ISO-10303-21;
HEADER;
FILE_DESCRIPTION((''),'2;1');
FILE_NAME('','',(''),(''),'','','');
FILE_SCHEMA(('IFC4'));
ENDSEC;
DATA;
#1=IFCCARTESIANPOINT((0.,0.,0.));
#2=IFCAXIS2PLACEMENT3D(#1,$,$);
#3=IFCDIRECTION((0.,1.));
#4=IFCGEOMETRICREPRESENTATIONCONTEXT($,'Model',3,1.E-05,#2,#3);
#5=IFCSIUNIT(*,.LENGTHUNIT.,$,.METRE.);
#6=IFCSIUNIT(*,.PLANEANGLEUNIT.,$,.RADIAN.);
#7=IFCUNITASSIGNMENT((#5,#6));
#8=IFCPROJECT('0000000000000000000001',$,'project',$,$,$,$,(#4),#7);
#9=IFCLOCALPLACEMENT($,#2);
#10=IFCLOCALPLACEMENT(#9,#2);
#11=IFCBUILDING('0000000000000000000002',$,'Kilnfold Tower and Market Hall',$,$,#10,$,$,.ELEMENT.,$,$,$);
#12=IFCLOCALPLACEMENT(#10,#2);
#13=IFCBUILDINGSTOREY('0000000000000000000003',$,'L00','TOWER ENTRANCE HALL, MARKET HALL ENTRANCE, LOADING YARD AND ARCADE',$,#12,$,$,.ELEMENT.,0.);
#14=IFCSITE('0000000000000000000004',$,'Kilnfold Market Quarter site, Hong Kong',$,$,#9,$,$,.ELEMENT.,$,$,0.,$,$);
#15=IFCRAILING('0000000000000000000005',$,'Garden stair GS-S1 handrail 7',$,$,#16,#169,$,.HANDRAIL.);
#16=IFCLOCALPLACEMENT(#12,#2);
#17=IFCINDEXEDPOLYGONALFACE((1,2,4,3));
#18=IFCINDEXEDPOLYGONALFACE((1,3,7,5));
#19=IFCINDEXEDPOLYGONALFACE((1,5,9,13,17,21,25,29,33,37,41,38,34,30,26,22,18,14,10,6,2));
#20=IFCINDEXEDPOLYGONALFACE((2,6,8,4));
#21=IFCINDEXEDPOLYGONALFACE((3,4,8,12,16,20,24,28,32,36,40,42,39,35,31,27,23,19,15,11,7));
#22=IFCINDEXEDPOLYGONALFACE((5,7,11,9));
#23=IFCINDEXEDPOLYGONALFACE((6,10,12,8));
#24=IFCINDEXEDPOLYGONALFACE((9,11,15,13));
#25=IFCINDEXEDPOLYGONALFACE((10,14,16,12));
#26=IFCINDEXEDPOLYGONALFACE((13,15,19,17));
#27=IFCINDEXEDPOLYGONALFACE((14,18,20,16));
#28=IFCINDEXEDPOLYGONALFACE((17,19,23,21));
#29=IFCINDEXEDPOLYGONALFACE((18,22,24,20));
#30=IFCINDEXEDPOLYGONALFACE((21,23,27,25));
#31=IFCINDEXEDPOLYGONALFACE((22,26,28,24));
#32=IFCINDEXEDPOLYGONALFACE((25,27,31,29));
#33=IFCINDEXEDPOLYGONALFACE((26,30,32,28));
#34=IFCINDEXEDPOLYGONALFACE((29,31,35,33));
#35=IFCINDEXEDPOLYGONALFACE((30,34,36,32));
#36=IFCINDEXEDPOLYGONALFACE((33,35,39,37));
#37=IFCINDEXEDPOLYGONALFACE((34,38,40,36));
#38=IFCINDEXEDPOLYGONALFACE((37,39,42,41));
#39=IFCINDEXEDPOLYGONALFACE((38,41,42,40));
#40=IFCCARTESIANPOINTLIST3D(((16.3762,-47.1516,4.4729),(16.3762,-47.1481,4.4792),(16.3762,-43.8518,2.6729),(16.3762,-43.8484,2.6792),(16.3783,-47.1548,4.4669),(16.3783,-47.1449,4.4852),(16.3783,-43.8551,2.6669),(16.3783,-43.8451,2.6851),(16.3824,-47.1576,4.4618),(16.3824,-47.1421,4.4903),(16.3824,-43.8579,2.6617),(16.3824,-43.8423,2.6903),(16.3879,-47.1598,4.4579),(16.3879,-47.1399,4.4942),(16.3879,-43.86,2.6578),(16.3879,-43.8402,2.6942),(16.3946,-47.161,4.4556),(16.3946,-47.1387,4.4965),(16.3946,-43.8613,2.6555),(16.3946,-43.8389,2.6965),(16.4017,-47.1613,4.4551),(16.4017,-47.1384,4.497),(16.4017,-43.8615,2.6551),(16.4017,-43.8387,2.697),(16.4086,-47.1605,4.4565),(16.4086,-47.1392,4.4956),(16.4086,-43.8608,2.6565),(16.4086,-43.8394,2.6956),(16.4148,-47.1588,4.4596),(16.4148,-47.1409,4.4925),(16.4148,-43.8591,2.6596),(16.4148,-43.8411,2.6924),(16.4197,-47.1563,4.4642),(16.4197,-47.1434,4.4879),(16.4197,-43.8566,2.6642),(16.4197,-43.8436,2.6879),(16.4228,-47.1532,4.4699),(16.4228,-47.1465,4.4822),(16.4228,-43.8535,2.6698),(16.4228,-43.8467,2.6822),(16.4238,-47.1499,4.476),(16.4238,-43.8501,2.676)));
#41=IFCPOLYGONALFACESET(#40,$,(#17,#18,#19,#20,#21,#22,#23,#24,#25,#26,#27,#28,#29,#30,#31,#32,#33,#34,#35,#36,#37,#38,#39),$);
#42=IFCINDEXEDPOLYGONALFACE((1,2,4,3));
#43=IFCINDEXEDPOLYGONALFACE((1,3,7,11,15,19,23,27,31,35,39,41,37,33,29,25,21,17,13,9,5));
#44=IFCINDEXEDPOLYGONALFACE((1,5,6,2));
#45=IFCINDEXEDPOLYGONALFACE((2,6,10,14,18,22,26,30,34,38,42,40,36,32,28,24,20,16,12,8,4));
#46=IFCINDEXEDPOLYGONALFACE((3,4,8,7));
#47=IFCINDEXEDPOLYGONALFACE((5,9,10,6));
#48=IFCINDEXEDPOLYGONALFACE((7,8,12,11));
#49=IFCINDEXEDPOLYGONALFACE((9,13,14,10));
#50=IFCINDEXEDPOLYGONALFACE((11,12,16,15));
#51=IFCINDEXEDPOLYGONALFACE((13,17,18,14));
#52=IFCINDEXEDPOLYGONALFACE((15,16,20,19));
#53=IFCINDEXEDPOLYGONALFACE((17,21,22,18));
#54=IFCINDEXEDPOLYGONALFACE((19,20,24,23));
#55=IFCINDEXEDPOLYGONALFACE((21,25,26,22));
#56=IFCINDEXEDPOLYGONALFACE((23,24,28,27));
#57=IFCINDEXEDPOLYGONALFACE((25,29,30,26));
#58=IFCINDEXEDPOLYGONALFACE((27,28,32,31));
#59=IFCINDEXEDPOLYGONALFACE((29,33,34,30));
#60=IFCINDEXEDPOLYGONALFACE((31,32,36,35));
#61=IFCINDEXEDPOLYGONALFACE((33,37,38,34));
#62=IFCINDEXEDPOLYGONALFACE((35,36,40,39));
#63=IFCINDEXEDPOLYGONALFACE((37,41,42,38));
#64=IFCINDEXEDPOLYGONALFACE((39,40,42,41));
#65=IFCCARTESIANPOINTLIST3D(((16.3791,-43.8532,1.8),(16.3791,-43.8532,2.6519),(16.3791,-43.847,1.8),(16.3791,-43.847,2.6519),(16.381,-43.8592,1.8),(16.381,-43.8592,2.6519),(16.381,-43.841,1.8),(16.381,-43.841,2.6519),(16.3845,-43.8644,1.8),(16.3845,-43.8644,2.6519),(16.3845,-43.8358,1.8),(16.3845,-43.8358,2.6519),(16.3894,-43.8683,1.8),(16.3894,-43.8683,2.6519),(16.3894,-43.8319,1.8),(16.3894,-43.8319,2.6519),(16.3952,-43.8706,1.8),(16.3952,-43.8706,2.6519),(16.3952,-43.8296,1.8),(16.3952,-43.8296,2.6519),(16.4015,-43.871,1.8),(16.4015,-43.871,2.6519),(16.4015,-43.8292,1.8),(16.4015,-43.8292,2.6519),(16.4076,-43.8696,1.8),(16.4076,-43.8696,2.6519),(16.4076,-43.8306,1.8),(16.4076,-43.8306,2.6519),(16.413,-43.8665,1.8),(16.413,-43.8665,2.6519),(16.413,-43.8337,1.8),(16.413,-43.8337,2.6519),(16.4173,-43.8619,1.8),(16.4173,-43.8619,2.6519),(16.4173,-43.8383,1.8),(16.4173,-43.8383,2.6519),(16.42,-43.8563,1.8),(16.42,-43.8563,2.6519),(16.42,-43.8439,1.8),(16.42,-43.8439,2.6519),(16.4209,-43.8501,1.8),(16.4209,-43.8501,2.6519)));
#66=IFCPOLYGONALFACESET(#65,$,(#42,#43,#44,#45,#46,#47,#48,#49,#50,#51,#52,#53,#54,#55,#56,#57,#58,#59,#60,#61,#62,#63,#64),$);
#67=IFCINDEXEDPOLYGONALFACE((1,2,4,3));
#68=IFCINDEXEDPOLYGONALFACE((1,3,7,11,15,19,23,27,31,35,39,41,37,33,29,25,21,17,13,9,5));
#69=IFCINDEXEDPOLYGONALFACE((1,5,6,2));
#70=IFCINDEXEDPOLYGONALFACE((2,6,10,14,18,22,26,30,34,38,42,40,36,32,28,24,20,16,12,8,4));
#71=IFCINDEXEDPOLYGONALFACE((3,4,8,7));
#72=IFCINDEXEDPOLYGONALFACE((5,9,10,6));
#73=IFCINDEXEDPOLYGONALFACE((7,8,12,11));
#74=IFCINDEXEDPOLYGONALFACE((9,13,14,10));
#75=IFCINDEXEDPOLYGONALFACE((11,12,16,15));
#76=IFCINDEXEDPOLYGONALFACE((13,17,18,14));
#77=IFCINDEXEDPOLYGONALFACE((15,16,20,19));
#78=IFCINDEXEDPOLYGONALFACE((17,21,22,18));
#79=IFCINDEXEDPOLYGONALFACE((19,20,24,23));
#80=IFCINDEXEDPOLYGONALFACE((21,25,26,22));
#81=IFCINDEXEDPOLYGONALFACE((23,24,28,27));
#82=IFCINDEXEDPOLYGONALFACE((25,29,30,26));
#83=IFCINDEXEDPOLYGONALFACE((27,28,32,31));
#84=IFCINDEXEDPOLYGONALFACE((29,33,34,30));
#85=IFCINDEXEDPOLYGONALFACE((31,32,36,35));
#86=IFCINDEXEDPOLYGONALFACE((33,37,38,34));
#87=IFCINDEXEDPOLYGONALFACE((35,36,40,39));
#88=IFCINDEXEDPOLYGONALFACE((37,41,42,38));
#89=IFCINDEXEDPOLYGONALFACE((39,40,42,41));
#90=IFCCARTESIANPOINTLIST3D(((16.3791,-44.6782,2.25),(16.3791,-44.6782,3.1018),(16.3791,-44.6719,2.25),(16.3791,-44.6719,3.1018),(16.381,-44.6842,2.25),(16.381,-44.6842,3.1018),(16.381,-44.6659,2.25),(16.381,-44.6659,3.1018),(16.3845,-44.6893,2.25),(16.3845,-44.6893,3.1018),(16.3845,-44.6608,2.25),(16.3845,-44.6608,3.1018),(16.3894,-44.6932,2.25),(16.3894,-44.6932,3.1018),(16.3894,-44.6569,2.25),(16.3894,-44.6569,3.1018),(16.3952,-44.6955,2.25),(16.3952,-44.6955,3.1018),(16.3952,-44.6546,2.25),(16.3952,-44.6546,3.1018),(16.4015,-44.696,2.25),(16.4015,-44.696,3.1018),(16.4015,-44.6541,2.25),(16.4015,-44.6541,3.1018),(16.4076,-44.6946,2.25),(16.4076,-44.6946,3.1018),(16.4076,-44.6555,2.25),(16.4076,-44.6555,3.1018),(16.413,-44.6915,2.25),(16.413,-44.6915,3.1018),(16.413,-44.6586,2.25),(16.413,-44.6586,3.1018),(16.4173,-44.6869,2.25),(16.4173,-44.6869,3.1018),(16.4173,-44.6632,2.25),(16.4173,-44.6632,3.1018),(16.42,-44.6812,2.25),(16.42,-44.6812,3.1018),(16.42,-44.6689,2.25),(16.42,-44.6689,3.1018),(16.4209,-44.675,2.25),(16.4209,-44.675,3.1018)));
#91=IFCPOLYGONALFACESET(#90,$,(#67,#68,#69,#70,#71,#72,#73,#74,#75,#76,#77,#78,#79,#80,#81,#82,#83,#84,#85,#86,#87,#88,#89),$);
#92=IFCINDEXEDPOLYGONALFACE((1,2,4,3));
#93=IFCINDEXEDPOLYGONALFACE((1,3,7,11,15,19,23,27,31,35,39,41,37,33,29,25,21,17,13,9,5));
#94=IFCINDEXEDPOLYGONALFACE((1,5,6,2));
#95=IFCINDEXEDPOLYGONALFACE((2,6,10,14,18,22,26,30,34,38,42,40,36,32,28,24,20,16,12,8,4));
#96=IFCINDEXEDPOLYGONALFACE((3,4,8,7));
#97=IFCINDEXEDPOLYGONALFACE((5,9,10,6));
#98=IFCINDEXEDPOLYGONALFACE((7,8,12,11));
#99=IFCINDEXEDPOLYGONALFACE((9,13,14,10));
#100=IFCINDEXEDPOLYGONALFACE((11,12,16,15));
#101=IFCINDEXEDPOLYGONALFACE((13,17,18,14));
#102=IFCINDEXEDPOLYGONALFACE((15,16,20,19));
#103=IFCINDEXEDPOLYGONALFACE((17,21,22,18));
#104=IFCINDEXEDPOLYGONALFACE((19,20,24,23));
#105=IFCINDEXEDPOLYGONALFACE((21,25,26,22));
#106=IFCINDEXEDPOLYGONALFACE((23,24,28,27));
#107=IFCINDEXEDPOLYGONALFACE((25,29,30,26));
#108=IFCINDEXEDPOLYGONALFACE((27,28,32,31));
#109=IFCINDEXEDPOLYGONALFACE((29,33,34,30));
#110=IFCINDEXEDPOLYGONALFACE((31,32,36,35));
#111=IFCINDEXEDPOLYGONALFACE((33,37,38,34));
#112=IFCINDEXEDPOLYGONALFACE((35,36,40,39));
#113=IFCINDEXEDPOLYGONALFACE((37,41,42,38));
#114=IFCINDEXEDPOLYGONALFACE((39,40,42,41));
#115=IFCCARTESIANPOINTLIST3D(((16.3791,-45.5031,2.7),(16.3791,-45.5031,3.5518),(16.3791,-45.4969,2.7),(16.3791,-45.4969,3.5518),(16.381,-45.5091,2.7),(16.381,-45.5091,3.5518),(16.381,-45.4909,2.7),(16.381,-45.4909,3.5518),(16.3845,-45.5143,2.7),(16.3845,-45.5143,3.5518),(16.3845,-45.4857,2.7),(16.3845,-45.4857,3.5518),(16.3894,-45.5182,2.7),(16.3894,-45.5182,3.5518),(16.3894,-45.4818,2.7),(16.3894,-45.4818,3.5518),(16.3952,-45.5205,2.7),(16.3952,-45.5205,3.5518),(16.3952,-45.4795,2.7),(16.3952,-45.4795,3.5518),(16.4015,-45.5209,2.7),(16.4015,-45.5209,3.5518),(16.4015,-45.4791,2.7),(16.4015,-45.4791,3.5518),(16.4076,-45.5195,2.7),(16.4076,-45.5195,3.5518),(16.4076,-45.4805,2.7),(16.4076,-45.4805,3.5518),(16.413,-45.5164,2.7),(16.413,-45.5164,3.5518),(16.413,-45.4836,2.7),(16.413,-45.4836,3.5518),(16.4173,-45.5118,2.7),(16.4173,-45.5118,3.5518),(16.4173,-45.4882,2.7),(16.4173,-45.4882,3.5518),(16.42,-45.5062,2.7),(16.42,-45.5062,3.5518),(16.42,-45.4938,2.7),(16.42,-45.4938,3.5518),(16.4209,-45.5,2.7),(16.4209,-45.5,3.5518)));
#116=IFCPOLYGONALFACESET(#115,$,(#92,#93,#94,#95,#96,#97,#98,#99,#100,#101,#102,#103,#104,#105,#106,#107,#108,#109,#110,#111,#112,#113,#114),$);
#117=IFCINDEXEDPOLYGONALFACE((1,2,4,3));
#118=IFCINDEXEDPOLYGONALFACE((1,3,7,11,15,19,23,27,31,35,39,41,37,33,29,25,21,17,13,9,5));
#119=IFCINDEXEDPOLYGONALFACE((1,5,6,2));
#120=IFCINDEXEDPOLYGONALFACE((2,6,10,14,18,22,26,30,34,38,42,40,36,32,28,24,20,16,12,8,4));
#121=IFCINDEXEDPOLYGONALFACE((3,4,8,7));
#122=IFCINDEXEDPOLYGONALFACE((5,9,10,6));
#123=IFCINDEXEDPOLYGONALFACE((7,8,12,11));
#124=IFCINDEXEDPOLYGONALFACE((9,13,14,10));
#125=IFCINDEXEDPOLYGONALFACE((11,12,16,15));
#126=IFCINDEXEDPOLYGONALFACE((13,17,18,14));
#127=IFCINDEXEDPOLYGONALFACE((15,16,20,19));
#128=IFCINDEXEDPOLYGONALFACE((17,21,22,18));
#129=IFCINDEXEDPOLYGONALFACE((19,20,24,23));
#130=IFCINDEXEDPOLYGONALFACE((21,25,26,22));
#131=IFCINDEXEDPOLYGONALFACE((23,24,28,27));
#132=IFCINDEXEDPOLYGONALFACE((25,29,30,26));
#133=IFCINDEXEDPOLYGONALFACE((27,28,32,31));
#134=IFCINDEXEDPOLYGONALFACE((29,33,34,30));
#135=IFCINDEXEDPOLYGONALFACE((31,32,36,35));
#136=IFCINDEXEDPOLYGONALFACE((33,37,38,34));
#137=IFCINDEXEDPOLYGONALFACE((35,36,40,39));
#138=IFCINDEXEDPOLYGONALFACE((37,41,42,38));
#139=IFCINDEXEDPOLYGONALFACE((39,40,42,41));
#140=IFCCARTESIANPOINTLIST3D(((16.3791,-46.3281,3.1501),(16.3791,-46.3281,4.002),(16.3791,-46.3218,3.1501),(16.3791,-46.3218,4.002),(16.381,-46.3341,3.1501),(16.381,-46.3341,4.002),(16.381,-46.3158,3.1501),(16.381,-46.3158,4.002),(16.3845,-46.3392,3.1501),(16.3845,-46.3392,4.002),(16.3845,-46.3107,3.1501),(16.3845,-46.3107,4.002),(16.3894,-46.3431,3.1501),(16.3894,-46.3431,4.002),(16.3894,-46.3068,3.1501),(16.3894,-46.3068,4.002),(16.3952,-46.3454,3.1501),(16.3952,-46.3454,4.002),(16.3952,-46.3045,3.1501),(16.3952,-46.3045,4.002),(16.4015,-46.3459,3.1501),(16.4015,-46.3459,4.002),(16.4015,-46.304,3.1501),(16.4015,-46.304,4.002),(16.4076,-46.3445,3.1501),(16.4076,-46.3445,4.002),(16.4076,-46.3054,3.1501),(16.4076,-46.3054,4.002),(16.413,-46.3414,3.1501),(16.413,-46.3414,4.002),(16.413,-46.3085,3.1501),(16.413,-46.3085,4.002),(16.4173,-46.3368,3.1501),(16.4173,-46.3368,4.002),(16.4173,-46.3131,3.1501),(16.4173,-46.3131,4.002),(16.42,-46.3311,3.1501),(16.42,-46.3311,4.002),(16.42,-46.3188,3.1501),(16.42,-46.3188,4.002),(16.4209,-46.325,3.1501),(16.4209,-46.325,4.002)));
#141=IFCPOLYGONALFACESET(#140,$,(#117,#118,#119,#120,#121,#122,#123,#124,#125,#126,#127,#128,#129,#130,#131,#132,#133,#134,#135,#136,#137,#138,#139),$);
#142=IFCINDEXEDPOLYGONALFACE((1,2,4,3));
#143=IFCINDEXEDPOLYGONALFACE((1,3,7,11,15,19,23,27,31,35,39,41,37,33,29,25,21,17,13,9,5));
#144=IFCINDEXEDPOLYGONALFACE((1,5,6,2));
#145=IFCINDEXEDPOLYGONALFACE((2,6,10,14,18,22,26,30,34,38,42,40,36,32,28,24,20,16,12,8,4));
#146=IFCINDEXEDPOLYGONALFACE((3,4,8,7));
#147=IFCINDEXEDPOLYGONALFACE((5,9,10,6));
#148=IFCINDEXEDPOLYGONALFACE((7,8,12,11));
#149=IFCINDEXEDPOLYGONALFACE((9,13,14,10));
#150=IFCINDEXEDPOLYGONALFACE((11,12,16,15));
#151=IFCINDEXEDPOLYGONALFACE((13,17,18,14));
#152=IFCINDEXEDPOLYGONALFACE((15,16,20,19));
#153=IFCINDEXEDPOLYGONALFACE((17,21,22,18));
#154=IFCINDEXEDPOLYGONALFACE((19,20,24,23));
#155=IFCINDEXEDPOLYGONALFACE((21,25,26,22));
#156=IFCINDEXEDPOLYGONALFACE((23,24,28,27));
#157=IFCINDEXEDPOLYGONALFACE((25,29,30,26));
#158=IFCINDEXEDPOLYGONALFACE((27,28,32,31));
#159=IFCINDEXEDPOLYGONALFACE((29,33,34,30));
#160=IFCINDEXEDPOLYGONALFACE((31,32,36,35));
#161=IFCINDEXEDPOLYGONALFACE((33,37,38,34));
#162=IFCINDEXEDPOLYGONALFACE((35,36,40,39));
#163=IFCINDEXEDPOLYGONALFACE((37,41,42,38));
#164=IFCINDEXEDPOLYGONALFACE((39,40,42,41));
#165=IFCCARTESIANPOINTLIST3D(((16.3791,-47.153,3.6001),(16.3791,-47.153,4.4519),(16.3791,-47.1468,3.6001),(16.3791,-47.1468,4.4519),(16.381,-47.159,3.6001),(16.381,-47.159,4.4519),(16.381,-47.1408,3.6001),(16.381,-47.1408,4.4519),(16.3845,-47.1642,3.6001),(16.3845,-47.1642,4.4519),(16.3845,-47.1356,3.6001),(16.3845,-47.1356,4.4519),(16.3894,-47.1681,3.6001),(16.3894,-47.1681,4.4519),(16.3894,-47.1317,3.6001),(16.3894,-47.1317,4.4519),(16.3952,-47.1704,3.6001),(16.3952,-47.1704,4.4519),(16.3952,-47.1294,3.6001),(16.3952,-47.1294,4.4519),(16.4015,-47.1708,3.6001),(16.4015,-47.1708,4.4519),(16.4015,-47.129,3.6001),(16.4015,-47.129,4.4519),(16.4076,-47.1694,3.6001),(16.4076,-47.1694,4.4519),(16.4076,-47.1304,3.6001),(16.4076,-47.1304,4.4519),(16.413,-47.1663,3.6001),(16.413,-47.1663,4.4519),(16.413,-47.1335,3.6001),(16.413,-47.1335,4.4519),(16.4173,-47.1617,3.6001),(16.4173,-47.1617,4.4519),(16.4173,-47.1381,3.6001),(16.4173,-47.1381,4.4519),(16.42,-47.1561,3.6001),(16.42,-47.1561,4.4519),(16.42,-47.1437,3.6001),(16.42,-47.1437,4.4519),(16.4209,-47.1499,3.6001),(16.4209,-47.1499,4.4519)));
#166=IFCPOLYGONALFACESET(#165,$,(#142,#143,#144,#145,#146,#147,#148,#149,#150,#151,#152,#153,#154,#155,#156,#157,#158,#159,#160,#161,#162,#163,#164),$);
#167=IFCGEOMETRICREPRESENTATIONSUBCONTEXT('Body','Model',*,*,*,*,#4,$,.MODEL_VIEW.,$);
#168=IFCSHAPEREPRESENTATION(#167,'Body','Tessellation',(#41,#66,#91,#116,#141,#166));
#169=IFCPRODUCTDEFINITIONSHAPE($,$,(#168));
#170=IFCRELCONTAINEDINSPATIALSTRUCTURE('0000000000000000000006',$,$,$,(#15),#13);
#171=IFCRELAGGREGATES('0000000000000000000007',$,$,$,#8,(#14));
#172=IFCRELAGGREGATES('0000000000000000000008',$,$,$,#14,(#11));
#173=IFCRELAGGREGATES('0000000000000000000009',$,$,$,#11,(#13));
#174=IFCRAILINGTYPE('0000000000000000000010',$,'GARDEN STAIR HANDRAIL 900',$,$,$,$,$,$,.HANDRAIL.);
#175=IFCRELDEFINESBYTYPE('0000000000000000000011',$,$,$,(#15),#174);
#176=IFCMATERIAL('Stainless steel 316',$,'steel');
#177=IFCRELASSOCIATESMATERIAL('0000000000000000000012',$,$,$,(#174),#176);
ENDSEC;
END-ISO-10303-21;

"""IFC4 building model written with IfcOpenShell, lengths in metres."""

from ifc_helpers import new_model, si_unit, direction, frame, origin, origin_2d, place, context, subcontext, project, spatial, circle, extrude, material, type_object, element, save


model = new_model("IFC4")

# Units and contexts
model_context = context("Model", 3, precision=1e-05, world=origin(), true_north=direction((0.0, 1.0)))
body_context = subcontext(model_context, "Body", "Model", "MODEL_VIEW")
ifc_project = project(units=[si_unit("LENGTHUNIT", "METRE"), si_unit("PLANEANGLEUNIT", "RADIAN")], contexts=[model_context])

# Site, building, storey
site_placement = place(None, origin())
site = spatial("IfcSite", under=ifc_project, at=site_placement, Name="Kilnfold Market Quarter site, Hong Kong", CompositionType="ELEMENT", RefElevation=0.0)
building_placement = place(site_placement, origin())
building = spatial("IfcBuilding", under=site, at=building_placement, Name="Kilnfold Tower and Market Hall", CompositionType="ELEMENT")
storey_placement = place(building_placement, origin())
storey = spatial("IfcBuildingStorey", under=building, at=storey_placement, Name="L00", Description="TOWER ENTRANCE HALL, MARKET HALL ENTRANCE, LOADING YARD AND ARCADE", CompositionType="ELEMENT", Elevation=0.0)

# Railing
ifc_material_1 = material(Name="Stainless steel 316", Category="steel")
railing_type_1 = type_object("IfcRailingType", Name="GARDEN STAIR HANDRAIL 900", PredefinedType="HANDRAIL", material=ifc_material_1)
railing_1_placement = place(storey_placement, frame((16.3999, -43.8501, 1.8)))
element("IfcRailing", 1, at=railing_1_placement, inside=storey, type_object=railing_type_1, Name="Garden stair GS-S1 handrail 7", PredefinedType="HANDRAIL", context=body_context, shape_type="SweptSolid", body=[
    extrude(circle(Radius=0.0239, at=origin_2d()), frame((0.0, 0.0, 0.876), z_axis=(0.0, -0.877878, 0.478884), x_axis=(1.0, 0.0, 0.0)), (0.0, 0.0, 1.0), 3.7588),
    extrude(circle(Radius=0.021, at=origin_2d()), origin(), (0.0, 0.0, 1.0), 0.8518),
    extrude(circle(Radius=0.021, at=origin_2d()), frame((0.0, -0.825, 0.45)), (0.0, 0.0, 1.0), 0.8518),
    extrude(circle(Radius=0.021, at=origin_2d()), frame((0.0, -1.6499, 0.8999)), (0.0, 0.0, 1.0), 0.8518),
    extrude(circle(Radius=0.021, at=origin_2d()), frame((0.0, -2.4749, 1.3501)), (0.0, 0.0, 1.0), 0.8518),
    extrude(circle(Radius=0.021, at=origin_2d()), frame((0.0, -3.2998, 1.8)), (0.0, 0.0, 1.0), 0.8518),
])

save(model, "model.ifc")
